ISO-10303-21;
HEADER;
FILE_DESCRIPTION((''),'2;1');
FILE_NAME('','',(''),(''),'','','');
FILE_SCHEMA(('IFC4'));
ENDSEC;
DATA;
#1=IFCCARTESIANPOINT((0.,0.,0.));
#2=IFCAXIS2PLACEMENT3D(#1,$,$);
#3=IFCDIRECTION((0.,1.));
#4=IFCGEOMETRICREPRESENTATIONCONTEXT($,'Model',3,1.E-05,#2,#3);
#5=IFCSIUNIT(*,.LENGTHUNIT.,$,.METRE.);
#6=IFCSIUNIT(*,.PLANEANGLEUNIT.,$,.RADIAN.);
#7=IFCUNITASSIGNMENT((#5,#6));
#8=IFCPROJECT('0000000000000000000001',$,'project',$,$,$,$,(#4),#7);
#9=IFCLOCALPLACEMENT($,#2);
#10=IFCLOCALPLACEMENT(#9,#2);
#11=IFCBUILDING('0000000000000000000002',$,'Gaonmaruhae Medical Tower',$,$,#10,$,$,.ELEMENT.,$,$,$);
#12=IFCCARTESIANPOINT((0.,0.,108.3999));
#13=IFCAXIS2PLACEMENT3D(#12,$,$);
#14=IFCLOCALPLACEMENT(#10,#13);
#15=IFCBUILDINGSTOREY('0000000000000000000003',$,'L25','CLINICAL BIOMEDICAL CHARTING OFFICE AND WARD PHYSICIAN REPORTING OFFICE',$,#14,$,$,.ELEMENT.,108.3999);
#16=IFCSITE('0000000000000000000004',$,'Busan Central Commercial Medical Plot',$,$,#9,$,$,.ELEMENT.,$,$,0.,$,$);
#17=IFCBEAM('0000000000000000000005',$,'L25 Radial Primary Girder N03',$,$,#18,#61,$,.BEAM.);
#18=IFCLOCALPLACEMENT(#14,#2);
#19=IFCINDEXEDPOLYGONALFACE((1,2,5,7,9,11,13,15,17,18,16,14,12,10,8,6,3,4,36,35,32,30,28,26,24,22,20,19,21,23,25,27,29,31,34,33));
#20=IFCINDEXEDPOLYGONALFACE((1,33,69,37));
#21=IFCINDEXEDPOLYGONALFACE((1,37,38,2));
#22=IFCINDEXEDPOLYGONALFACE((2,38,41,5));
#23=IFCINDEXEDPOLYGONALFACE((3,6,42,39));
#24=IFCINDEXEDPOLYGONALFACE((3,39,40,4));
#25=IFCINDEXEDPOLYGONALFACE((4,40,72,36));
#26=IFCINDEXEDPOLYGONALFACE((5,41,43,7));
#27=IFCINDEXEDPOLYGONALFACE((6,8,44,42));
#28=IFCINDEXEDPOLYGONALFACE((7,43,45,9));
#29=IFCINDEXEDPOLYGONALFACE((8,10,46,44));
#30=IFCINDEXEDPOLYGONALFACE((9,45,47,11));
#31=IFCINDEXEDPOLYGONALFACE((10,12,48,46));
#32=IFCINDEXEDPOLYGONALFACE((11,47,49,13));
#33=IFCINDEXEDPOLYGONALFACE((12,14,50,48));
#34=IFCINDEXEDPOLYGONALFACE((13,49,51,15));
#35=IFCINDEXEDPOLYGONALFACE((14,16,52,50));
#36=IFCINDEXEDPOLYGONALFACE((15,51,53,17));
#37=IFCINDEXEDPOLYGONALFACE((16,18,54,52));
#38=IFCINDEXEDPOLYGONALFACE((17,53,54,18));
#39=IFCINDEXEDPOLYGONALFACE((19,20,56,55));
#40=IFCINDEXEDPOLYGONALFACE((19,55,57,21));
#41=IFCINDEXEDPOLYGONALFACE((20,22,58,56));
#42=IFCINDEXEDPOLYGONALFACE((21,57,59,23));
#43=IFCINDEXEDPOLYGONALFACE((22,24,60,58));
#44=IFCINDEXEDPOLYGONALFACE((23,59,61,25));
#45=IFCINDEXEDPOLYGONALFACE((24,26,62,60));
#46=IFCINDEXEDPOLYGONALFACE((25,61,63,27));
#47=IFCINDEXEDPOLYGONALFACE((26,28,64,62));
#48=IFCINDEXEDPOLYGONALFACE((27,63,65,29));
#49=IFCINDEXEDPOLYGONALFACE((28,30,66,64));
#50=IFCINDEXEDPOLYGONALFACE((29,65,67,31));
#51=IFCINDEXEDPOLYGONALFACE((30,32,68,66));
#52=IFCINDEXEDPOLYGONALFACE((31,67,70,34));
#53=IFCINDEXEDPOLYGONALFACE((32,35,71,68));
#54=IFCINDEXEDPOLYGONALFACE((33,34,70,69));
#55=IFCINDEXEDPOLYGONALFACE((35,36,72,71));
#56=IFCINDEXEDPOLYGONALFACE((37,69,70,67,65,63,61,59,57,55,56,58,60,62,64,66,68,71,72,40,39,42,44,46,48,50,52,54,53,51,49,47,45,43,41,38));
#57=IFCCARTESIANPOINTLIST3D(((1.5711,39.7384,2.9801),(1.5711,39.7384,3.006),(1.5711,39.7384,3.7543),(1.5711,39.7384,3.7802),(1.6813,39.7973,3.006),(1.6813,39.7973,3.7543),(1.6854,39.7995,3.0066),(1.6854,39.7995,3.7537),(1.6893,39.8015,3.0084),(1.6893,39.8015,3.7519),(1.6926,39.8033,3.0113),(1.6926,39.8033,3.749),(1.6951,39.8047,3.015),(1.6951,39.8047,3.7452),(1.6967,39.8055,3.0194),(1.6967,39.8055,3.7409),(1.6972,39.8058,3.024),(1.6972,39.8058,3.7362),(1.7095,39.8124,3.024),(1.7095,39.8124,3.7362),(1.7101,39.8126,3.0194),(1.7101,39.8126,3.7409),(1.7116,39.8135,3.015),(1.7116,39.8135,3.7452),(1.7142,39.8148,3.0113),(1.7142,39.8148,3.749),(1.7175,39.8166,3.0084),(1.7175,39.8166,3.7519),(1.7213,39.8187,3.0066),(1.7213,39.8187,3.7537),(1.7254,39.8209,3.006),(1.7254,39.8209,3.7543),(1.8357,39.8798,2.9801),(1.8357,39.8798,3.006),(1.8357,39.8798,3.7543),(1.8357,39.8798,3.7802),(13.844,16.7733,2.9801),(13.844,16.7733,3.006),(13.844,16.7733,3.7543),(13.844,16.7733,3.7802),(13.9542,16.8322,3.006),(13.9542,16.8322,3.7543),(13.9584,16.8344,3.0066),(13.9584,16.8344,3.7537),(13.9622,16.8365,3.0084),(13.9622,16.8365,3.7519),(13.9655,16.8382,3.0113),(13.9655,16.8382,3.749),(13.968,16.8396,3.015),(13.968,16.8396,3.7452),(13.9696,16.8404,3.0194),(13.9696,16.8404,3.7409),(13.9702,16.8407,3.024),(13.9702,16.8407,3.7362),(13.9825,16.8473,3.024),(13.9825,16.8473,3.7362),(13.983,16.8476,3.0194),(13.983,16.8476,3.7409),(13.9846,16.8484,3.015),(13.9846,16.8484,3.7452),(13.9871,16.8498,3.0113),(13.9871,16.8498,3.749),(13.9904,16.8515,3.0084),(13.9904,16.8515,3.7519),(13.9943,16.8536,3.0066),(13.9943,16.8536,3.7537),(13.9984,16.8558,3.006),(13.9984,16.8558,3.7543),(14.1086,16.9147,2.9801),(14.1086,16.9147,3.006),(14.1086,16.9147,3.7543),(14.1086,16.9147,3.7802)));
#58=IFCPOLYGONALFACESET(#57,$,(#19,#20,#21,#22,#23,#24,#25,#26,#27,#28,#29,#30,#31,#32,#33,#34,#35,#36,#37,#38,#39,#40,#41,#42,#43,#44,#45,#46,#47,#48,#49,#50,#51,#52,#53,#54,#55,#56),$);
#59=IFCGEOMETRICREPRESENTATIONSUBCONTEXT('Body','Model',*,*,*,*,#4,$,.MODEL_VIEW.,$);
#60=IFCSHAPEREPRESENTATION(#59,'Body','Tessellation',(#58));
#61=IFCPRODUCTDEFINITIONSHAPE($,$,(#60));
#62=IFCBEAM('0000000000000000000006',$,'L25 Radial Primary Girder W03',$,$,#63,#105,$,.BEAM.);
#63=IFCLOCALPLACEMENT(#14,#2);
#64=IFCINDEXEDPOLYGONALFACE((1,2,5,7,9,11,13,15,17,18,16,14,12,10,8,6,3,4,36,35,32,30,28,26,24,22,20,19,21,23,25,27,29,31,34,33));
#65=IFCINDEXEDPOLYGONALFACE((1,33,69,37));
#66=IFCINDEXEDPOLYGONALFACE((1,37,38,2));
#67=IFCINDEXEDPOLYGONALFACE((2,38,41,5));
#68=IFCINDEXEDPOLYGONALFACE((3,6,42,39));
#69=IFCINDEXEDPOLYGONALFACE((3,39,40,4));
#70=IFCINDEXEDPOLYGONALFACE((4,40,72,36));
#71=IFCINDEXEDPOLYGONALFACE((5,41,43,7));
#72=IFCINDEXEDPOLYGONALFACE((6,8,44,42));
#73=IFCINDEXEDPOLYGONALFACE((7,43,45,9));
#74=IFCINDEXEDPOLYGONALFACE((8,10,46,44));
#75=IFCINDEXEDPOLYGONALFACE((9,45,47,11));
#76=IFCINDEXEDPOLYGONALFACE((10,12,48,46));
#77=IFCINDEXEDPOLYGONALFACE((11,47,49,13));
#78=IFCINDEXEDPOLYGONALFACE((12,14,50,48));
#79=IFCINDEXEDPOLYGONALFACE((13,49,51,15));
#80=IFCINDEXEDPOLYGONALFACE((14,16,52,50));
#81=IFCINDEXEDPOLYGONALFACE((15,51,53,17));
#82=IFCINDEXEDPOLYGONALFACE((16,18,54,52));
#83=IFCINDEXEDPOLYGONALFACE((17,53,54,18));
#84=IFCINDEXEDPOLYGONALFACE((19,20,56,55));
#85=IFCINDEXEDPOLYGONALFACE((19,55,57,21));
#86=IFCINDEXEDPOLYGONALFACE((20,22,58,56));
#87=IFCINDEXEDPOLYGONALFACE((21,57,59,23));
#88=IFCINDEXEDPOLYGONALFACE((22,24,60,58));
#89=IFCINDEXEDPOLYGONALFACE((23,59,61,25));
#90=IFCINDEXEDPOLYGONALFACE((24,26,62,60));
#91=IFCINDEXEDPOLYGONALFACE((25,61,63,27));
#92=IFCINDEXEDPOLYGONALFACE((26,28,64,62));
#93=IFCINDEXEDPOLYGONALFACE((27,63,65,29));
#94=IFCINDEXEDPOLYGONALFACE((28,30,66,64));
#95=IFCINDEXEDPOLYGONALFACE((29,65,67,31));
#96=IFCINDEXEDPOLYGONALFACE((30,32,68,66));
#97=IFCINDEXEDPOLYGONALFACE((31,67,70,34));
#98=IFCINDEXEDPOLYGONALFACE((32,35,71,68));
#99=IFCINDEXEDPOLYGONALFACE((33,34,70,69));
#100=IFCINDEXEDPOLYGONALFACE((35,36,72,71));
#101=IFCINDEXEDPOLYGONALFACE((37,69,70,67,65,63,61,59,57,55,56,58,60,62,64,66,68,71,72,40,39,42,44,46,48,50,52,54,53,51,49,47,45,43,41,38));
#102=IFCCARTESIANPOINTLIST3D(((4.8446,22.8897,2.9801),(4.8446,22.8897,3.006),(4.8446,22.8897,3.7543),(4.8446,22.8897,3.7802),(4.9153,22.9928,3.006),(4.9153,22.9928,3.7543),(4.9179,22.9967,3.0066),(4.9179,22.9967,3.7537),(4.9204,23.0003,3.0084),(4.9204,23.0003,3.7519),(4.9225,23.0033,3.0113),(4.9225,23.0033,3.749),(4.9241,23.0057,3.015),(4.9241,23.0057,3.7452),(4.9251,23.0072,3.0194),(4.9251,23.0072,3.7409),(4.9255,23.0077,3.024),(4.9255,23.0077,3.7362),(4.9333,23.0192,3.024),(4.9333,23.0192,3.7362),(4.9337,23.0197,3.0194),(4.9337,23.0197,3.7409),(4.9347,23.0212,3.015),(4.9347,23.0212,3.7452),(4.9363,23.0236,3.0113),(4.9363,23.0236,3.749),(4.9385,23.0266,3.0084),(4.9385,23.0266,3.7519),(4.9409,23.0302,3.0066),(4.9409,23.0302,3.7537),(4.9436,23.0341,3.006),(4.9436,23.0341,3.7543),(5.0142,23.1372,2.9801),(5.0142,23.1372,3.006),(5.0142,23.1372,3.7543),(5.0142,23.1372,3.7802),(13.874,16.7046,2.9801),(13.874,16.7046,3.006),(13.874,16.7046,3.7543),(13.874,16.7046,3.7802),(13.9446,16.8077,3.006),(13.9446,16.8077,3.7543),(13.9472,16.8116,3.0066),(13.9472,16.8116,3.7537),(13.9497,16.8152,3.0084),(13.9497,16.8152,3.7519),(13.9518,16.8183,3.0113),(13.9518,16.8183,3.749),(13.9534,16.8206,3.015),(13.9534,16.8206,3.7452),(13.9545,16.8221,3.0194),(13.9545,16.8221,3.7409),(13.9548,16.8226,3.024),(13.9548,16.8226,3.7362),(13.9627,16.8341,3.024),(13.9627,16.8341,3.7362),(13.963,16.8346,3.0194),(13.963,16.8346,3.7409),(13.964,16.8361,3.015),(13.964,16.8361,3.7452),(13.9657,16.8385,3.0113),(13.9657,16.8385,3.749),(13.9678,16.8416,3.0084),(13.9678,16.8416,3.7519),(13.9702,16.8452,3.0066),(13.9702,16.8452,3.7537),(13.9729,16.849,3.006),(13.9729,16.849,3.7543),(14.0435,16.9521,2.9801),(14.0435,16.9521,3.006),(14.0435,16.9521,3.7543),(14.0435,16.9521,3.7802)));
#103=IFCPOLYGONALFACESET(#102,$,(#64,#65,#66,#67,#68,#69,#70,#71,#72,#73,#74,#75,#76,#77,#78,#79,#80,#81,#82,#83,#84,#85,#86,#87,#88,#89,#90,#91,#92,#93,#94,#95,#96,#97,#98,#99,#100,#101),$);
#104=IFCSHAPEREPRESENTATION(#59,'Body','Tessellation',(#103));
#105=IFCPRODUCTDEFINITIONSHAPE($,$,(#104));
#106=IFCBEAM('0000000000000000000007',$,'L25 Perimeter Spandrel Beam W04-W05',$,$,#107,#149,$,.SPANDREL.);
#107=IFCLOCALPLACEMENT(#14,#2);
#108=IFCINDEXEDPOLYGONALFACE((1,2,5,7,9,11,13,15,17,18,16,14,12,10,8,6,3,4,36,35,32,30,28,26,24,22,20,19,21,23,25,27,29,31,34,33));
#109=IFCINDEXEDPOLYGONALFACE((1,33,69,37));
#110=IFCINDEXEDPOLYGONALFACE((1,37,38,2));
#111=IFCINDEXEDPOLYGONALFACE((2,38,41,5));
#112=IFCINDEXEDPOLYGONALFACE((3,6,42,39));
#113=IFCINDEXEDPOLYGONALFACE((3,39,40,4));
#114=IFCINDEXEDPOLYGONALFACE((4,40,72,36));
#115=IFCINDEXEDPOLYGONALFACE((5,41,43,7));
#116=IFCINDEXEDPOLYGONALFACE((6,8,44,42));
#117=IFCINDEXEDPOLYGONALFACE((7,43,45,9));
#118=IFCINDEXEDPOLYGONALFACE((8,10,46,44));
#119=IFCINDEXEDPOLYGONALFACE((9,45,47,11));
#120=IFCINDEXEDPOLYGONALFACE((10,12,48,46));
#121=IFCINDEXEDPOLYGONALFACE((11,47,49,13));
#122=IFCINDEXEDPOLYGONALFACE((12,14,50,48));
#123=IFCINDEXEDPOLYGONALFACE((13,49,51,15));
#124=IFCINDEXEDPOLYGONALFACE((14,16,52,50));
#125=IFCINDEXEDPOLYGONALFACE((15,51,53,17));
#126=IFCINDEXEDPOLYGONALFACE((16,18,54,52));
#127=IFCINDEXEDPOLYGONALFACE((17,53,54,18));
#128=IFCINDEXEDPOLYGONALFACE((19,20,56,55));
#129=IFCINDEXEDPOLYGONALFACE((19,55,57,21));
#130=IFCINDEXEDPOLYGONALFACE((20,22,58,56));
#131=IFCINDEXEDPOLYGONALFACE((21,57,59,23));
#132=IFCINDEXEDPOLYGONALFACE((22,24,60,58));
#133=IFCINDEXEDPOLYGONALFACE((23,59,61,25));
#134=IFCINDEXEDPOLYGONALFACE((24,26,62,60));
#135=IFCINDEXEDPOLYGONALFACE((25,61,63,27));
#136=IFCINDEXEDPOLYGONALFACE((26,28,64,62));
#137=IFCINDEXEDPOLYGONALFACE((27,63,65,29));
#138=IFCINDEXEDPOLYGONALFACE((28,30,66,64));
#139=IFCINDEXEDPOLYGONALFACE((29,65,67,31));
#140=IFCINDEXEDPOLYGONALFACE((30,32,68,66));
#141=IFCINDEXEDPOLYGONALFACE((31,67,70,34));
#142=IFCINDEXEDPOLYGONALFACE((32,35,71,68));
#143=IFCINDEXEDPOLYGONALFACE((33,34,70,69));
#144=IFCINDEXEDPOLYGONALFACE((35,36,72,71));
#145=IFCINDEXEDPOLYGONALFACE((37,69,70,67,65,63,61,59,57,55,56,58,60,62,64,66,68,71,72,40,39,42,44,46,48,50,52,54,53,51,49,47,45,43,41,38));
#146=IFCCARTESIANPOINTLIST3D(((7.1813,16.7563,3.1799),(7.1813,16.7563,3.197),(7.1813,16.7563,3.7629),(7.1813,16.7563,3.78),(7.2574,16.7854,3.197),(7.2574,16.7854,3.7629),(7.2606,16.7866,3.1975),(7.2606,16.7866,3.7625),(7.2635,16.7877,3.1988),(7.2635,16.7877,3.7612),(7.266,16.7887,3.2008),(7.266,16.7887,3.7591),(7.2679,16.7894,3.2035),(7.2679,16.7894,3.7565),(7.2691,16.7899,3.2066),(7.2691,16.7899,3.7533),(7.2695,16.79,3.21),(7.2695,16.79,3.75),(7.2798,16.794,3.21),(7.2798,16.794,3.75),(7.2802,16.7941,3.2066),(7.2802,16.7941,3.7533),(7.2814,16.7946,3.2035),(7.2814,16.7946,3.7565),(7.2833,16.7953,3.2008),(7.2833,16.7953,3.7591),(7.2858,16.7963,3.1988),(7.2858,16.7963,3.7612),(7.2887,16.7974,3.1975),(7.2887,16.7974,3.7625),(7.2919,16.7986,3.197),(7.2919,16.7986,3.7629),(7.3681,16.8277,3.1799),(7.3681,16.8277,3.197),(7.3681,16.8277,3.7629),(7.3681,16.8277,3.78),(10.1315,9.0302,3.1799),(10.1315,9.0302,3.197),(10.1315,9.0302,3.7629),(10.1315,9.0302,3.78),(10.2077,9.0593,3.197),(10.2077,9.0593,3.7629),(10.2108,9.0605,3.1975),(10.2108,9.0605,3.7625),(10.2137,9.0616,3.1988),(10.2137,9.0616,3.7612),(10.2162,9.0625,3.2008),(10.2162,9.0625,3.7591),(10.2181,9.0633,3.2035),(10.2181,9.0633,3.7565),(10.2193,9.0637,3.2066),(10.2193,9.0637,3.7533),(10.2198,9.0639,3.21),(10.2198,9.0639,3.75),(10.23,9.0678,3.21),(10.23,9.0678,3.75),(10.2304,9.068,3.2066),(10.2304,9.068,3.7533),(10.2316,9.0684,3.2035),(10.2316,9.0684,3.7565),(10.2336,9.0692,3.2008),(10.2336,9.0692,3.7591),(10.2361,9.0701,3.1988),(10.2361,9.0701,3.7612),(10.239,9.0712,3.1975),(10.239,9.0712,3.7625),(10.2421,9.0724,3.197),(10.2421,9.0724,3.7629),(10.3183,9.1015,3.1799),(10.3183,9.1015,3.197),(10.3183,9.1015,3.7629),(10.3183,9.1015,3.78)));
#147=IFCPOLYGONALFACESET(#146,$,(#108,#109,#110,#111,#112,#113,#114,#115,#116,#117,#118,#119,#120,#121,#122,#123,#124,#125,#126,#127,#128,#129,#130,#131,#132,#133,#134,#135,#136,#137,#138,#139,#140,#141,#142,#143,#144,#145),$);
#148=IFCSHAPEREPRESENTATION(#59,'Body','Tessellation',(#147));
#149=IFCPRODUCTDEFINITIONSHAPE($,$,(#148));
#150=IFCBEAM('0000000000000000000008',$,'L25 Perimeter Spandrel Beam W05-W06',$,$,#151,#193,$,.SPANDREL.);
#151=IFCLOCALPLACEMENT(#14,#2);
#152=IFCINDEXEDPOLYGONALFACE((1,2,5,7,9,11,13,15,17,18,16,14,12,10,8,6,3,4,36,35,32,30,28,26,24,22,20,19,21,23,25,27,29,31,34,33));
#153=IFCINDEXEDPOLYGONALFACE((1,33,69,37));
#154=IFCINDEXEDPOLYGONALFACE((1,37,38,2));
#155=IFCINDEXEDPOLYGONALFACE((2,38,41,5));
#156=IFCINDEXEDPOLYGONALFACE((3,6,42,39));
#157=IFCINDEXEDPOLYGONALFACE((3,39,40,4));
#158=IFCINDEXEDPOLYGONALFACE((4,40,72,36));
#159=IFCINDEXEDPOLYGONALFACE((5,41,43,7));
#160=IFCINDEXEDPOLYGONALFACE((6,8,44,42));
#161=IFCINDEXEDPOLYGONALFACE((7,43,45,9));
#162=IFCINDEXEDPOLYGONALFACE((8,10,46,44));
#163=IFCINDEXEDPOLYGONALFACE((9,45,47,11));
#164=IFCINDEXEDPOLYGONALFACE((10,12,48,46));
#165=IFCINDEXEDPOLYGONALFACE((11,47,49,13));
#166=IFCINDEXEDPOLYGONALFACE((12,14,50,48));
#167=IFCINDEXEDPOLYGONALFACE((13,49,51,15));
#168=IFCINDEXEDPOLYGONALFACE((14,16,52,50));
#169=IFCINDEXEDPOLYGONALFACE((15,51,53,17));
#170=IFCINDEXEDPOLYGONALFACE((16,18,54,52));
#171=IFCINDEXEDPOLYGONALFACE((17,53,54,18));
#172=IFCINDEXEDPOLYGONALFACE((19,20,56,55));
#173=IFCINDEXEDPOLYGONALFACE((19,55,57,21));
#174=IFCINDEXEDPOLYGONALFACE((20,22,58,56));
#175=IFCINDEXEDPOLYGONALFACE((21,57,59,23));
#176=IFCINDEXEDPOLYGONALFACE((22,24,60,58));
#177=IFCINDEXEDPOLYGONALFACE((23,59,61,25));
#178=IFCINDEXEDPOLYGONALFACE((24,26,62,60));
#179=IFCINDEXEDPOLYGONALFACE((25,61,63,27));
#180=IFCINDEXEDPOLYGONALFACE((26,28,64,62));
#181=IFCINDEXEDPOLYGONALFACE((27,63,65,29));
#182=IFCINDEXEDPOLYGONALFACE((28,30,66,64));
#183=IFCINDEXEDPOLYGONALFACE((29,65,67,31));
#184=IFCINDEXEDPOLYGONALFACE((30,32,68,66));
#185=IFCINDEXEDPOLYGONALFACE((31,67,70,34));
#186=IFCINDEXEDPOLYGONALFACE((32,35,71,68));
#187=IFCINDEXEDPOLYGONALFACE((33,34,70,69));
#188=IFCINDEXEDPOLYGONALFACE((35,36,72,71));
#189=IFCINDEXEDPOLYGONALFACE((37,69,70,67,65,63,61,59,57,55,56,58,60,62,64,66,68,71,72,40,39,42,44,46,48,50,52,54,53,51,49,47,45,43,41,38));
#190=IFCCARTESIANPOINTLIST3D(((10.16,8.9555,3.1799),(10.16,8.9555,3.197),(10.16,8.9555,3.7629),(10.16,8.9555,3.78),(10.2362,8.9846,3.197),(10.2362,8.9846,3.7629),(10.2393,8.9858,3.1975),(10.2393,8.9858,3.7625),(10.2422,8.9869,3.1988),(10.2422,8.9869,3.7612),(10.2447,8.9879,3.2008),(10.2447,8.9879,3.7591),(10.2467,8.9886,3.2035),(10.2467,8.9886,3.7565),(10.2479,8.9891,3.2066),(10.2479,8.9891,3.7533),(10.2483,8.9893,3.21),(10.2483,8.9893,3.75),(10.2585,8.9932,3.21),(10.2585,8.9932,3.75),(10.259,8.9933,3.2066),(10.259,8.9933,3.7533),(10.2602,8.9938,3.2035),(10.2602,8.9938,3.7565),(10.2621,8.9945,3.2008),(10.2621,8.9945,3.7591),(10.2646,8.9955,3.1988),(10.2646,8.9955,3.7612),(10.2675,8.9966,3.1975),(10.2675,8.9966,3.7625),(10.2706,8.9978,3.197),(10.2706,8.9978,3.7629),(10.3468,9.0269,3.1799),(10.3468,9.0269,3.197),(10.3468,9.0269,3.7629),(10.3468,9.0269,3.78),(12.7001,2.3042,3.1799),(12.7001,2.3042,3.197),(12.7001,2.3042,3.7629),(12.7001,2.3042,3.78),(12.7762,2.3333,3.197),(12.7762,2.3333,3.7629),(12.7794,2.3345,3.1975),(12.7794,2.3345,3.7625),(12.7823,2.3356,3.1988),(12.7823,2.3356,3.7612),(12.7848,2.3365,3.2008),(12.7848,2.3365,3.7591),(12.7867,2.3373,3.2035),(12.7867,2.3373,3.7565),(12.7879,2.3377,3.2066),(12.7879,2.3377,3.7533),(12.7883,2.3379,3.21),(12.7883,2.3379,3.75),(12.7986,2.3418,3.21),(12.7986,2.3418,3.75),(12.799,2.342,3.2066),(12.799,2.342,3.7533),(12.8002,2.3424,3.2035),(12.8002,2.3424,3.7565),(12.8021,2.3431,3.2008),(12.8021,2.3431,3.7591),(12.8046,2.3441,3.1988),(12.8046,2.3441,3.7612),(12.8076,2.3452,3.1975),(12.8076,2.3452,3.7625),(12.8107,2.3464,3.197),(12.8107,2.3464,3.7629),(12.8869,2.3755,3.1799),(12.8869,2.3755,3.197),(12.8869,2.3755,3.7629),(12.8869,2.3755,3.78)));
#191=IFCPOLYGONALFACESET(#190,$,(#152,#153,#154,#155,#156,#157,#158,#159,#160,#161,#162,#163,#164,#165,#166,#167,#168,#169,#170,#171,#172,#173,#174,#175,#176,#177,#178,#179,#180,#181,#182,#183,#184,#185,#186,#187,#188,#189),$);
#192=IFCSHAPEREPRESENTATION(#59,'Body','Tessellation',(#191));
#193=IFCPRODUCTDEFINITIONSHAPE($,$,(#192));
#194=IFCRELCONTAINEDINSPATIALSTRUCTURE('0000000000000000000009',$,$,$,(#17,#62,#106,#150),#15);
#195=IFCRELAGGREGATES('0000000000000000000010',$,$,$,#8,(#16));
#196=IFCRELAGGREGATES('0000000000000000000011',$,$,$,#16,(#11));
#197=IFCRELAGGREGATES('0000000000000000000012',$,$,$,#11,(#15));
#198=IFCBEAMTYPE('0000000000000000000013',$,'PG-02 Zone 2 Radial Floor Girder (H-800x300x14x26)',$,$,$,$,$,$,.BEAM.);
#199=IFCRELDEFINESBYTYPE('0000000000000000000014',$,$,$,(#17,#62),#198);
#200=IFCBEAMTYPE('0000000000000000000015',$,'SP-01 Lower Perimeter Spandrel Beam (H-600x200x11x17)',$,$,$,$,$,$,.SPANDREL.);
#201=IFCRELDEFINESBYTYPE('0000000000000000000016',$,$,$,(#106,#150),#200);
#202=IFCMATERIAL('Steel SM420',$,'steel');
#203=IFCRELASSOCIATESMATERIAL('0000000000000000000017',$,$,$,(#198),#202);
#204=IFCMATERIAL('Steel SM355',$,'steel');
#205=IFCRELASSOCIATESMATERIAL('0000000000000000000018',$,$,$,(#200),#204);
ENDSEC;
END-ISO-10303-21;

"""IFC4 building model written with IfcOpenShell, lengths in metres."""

from ifc_helpers import new_model, si_unit, direction, frame, origin, origin_2d, place, context, subcontext, project, spatial, i_section, extrude, material, material_profile, profile_set, type_object, element, save


model = new_model("IFC4")

# Units and contexts
model_context = context("Model", 3, precision=1e-05, world=origin(), true_north=direction((0.0, 1.0)))
body_context = subcontext(model_context, "Body", "Model", "MODEL_VIEW")
ifc_project = project(units=[si_unit("LENGTHUNIT", "METRE"), si_unit("PLANEANGLEUNIT", "RADIAN")], contexts=[model_context])

# Site, building, storey
site_placement = place(None, origin())
site = spatial("IfcSite", under=ifc_project, at=site_placement, Name="Busan Central Commercial Medical Plot", CompositionType="ELEMENT", RefElevation=0.0)
building_placement = place(site_placement, origin())
building = spatial("IfcBuilding", under=site, at=building_placement, Name="Gaonmaruhae Medical Tower", CompositionType="ELEMENT")
storey_placement = place(building_placement, frame((0.0, 0.0, 108.3999)))
storey = spatial("IfcBuildingStorey", under=building, at=storey_placement, Name="L25", Description="CLINICAL BIOMEDICAL CHARTING OFFICE AND WARD PHYSICIAN REPORTING OFFICE", CompositionType="ELEMENT", Elevation=108.3999)

# Beams
ifc_material_1 = material(Name="Steel SM420", Category="steel")
ifc_material_profile_1 = material_profile(ifc_material_1, i_section(OverallWidth=0.3, OverallDepth=0.8, WebThickness=0.0139, FlangeThickness=0.0259, FilletRadius=0.0181, at=origin_2d()), Name="H-800x300x14x26")
ifc_profile_set_1 = profile_set([ifc_material_profile_1], Name="Steel SM420")
beam_type_1 = type_object("IfcBeamType", Name="PG-02 Zone 2 Radial Floor Girder (H-800x300x14x26)", PredefinedType="BEAM", material=ifc_profile_set_1)
beam_1_placement = place(storey_placement, frame((13.9763, 16.844, 3.3801), z_axis=(-0.471333, 0.881956, 0.0), x_axis=(-0.881956, -0.471333, 0.0)))
element("IfcBeam", 1, at=beam_1_placement, inside=storey, type_object=beam_type_1, Name="L25 Radial Primary Girder N03", PredefinedType="BEAM", context=body_context, shape_type="SweptSolid", body=[
    extrude(i_section(OverallWidth=0.3, OverallDepth=0.8, WebThickness=0.0139, FlangeThickness=0.0259, FilletRadius=0.0181, at=origin_2d()), origin(), (0.0, 0.0, 1.0), 26.0388),
])
beam_2_placement = place(storey_placement, frame((13.9587, 16.8284, 3.3801), z_axis=(-0.825004, 0.565127, 0.0), x_axis=(-0.565127, -0.825004, 0.0)))
element("IfcBeam", 2, at=beam_2_placement, inside=storey, type_object=beam_type_1, Name="L25 Radial Primary Girder W03", PredefinedType="BEAM", context=body_context, shape_type="SweptSolid", body=[
    extrude(i_section(OverallWidth=0.3, OverallDepth=0.8, WebThickness=0.0139, FlangeThickness=0.0259, FilletRadius=0.0181, at=origin_2d()), origin(), (0.0, 0.0, 1.0), 10.9446),
])
ifc_material_2 = material(Name="Steel SM355", Category="steel")
ifc_material_profile_2 = material_profile(ifc_material_2, i_section(OverallWidth=0.2, OverallDepth=0.6001, WebThickness=0.011, FlangeThickness=0.0171, FilletRadius=0.0129, at=origin_2d()), Name="H-600x200x11x17")
ifc_profile_set_2 = profile_set([ifc_material_profile_2], Name="Steel SM355")
beam_type_2 = type_object("IfcBeamType", Name="SP-01 Lower Perimeter Spandrel Beam (H-600x200x11x17)", PredefinedType="SPANDREL", material=ifc_profile_set_2)
beam_3_placement = place(storey_placement, frame((7.2747, 16.792, 3.48), z_axis=(0.356727, -0.934209, 0.0), x_axis=(0.934209, 0.356727, 0.0)))
element("IfcBeam", 3, at=beam_3_placement, inside=storey, type_object=beam_type_2, Name="L25 Perimeter Spandrel Beam W04-W05", PredefinedType="SPANDREL", context=body_context, shape_type="SweptSolid", body=[
    extrude(i_section(OverallWidth=0.2, OverallDepth=0.6001, WebThickness=0.011, FlangeThickness=0.0171, FilletRadius=0.0129, at=origin_2d()), origin(), (0.0, 0.0, 1.0), 8.2703),
])
beam_4_placement = place(storey_placement, frame((10.2534, 8.9912, 3.48), z_axis=(0.356754, -0.934198, 0.0), x_axis=(0.934198, 0.356754, 0.0)))
element("IfcBeam", 4, at=beam_4_placement, inside=storey, type_object=beam_type_2, Name="L25 Perimeter Spandrel Beam W05-W06", PredefinedType="SPANDREL", context=body_context, shape_type="SweptSolid", body=[
    extrude(i_section(OverallWidth=0.2, OverallDepth=0.6001, WebThickness=0.011, FlangeThickness=0.0171, FilletRadius=0.0129, at=origin_2d()), origin(), (0.0, 0.0, 1.0), 7.1199),
])

save(model, "model.ifc")
